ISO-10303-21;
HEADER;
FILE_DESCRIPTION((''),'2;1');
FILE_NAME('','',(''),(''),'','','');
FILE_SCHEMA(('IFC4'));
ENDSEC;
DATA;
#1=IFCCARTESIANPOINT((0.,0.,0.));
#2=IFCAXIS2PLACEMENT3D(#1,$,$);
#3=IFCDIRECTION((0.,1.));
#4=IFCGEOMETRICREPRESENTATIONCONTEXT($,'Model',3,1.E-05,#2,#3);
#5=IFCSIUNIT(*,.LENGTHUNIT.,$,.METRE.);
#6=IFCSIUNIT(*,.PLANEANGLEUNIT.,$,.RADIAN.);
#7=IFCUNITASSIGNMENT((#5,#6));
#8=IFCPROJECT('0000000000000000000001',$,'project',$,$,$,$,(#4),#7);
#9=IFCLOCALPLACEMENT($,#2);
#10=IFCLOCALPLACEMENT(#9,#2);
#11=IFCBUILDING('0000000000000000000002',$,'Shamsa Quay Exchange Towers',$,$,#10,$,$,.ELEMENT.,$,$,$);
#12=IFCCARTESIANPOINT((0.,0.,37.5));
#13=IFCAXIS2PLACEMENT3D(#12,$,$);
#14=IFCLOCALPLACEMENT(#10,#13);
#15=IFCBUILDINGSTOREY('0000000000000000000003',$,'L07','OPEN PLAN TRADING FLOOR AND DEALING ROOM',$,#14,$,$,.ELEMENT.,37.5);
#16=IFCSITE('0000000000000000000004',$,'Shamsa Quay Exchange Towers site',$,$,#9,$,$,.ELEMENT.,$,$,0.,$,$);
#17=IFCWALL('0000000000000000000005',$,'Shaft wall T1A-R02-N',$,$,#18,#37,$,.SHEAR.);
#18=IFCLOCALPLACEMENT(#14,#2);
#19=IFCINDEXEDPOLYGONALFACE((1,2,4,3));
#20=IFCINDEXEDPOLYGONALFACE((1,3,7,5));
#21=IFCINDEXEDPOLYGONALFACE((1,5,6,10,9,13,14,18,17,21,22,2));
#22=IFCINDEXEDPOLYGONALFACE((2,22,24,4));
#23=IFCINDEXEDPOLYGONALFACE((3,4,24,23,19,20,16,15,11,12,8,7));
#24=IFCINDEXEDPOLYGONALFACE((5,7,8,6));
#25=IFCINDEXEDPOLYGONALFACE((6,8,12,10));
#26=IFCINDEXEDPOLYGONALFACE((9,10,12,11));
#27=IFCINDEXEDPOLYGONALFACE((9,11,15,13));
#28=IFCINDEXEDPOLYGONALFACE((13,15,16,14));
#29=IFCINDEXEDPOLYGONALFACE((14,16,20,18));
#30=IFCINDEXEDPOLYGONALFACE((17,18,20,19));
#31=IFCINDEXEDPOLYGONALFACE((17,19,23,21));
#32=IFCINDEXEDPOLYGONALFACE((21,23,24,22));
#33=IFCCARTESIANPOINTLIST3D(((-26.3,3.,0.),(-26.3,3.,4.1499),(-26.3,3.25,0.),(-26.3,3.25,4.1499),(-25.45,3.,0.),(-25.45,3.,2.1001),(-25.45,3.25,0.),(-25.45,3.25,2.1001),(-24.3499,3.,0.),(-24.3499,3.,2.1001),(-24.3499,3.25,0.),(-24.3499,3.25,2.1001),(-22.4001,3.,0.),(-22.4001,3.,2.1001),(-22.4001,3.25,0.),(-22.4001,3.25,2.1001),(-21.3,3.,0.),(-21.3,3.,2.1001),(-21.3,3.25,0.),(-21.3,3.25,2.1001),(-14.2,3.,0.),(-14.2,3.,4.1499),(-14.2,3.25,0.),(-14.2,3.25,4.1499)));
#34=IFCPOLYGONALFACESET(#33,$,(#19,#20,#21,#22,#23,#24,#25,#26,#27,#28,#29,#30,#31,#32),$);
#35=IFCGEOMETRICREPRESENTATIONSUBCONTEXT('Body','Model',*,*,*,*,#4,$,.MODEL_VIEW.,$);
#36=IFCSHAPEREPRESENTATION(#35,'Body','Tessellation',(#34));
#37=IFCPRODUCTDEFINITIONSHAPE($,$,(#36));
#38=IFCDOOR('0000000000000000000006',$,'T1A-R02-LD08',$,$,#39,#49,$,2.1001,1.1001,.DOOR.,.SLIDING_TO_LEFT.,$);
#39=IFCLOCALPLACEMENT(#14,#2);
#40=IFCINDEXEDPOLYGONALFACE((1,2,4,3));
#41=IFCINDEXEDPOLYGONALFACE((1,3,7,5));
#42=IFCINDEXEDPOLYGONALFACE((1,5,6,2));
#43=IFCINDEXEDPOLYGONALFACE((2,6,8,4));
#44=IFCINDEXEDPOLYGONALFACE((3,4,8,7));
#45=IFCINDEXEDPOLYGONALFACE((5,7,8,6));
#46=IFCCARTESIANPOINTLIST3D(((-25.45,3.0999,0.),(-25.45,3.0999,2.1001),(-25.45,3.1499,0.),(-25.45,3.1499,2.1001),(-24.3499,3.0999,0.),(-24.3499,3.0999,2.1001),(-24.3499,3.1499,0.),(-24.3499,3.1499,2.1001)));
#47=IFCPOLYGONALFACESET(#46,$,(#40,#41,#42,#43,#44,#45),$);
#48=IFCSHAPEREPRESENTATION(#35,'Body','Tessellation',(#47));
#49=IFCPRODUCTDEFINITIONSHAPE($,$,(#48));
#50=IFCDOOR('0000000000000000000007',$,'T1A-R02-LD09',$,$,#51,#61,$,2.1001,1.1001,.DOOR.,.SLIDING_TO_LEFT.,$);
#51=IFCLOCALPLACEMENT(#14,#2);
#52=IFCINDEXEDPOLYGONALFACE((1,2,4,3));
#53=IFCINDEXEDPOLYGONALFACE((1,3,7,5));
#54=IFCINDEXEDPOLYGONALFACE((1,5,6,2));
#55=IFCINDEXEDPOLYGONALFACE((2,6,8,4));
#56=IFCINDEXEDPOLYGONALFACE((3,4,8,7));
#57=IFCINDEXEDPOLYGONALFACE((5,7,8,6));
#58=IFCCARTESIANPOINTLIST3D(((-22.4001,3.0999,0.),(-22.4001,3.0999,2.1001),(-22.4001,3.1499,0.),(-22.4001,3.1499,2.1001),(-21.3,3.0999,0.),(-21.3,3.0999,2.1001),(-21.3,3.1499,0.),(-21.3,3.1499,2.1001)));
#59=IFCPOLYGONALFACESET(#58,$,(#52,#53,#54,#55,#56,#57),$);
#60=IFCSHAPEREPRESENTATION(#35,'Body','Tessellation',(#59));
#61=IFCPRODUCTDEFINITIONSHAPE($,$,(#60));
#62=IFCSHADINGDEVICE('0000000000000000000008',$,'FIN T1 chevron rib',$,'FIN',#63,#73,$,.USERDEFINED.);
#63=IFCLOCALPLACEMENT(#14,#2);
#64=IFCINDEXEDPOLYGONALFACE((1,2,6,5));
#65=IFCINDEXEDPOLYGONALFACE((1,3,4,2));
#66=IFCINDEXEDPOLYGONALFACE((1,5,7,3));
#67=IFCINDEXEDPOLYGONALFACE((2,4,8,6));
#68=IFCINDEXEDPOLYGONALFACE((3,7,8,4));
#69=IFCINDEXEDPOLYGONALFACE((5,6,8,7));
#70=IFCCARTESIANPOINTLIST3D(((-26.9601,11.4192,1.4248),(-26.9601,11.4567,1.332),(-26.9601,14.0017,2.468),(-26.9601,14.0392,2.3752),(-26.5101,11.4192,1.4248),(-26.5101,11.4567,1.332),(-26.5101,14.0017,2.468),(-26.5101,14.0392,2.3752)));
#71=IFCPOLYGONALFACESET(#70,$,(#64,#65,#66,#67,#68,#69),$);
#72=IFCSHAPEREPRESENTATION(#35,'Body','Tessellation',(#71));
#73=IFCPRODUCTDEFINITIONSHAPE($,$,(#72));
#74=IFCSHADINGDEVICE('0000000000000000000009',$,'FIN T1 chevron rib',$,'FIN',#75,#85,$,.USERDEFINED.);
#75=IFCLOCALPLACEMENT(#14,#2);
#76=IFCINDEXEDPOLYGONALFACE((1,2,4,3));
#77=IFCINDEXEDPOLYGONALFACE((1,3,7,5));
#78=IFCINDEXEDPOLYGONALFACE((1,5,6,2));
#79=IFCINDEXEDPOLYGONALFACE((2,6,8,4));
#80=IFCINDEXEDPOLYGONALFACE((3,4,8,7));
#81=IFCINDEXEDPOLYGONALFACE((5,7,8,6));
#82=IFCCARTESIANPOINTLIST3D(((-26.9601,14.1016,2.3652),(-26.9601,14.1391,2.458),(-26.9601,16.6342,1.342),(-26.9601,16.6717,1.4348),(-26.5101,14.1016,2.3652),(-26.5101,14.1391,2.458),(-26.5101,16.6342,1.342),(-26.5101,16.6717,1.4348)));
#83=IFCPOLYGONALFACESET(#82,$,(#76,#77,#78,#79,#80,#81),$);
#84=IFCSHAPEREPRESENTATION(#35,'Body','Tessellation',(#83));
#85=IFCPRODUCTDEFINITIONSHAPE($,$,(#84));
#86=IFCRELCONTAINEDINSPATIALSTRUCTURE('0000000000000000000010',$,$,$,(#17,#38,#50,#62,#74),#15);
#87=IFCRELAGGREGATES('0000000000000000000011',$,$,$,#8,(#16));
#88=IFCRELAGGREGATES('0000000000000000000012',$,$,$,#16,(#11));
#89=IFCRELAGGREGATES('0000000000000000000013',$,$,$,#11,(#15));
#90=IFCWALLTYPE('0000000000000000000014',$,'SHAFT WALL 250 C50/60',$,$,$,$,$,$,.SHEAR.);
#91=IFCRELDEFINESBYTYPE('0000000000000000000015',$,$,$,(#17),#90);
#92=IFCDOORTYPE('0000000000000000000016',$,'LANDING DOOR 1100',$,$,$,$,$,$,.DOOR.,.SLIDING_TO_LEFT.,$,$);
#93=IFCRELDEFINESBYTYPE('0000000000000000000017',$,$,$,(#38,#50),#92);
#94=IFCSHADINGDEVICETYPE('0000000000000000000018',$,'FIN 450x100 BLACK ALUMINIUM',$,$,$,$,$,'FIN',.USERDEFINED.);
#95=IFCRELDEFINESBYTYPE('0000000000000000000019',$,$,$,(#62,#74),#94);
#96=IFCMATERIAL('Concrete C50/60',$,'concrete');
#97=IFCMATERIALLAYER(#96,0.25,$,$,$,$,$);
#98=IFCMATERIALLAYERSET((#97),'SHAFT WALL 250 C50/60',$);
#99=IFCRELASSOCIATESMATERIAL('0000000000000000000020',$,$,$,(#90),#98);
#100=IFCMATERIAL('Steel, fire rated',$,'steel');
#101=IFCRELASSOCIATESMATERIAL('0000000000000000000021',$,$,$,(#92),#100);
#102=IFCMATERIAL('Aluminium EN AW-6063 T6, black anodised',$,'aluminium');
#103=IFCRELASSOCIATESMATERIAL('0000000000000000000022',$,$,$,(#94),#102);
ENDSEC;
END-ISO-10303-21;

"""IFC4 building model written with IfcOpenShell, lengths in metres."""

from ifc_helpers import new_model, si_unit, direction, frame, frame_2d, origin, origin_2d, place, context, subcontext, project, spatial, rectangle, extrude, material, layer, layer_set, material_profile, profile_set, type_object, element, fill, save


model = new_model("IFC4")

# Units and contexts
model_context = context("Model", 3, precision=1e-05, world=origin(), true_north=direction((0.0, 1.0)))
body_context = subcontext(model_context, "Body", "Model", "MODEL_VIEW")
ifc_project = project(units=[si_unit("LENGTHUNIT", "METRE"), si_unit("PLANEANGLEUNIT", "RADIAN")], contexts=[model_context])

# Site, building, storey
site_placement = place(None, origin())
site = spatial("IfcSite", under=ifc_project, at=site_placement, Name="Shamsa Quay Exchange Towers site", CompositionType="ELEMENT", RefElevation=0.0)
building_placement = place(site_placement, origin())
building = spatial("IfcBuilding", under=site, at=building_placement, Name="Shamsa Quay Exchange Towers", CompositionType="ELEMENT")
storey_placement = place(building_placement, frame((0.0, 0.0, 37.5)))
storey = spatial("IfcBuildingStorey", under=building, at=storey_placement, Name="L07", Description="OPEN PLAN TRADING FLOOR AND DEALING ROOM", CompositionType="ELEMENT", Elevation=37.5)

# Shared definitions
ifc_material_1 = material(Name="Aluminium EN AW-6063 T6, black anodised", Category="aluminium")

# Shared definitions
ifc_material_2 = material(Name="Steel, fire rated", Category="steel")

# Wall, openings, doors
ifc_material_3 = material(Name="Concrete C50/60", Category="concrete")
ifc_layer_1 = layer(ifc_material_3, 0.25)
ifc_layer_set_1 = layer_set([ifc_layer_1], Name="SHAFT WALL 250 C50/60")
wall_type_1 = type_object("IfcWallType", Name="SHAFT WALL 250 C50/60", PredefinedType="SHEAR", material=ifc_layer_set_1)
wall_1_placement = place(storey_placement, frame((-26.3, 3.125, 0.0)))
wall_1 = element("IfcWall", 1, at=wall_1_placement, inside=storey, type_object=wall_type_1, Name="Shaft wall T1A-R02-N", PredefinedType="SHEAR", context=body_context, shape_type="SweptSolid", body=[
    extrude(rectangle(XDim=12.1001, YDim=0.25, at=frame_2d((6.05, 0.0))), origin(), (0.0, 0.0, 1.0), 4.1499),
])
opening_1_placement = place(wall_1_placement, frame((0.8501, 0.0, 0.0)))
opening_1 = element("IfcOpeningElement", 2, at=opening_1_placement, cuts=wall_1, PredefinedType="OPENING", context=body_context, shape_type="SweptSolid", body=[
    extrude(rectangle(XDim=1.1001, YDim=2.1001, at=frame_2d((0.55, 1.05))), frame((0.0, 0.135, 0.0), z_axis=(0.0, -1.0, 0.0), x_axis=(1.0, 0.0, 0.0)), (0.0, 0.0, 1.0), 0.27),
])
opening_2_placement = place(wall_1_placement, frame((3.8999, 0.0, 0.0)))
opening_2 = element("IfcOpeningElement", 3, at=opening_2_placement, cuts=wall_1, PredefinedType="OPENING", context=body_context, shape_type="SweptSolid", body=[
    extrude(rectangle(XDim=1.1001, YDim=2.1001, at=frame_2d((0.55, 1.05))), frame((0.0, 0.135, 0.0), z_axis=(0.0, -1.0, 0.0), x_axis=(1.0, 0.0, 0.0)), (0.0, 0.0, 1.0), 0.27),
])
door_type_1 = type_object("IfcDoorType", Name="LANDING DOOR 1100", OperationType="SLIDING_TO_LEFT", PredefinedType="DOOR", material=ifc_material_2)
door_1_placement = place(opening_1_placement, origin())
door_1 = element("IfcDoor", 4, at=door_1_placement, inside=storey, type_object=door_type_1, Name="T1A-R02-LD08", OperationType="SLIDING_TO_LEFT", OverallHeight=2.1001, OverallWidth=1.1001, PredefinedType="DOOR", context=body_context, shape_type="SweptSolid", body=[
    extrude(rectangle(XDim=1.1001, YDim=2.1001, at=frame_2d((0.55, 1.05))), frame((0.0, 0.0249, 0.0), z_axis=(0.0, -1.0, 0.0), x_axis=(1.0, 0.0, 0.0)), (0.0, 0.0, 1.0), 0.05),
])
fill(opening_1, door_1)
door_2_placement = place(opening_2_placement, origin())
door_2 = element("IfcDoor", 5, at=door_2_placement, inside=storey, type_object=door_type_1, Name="T1A-R02-LD09", OperationType="SLIDING_TO_LEFT", OverallHeight=2.1001, OverallWidth=1.1001, PredefinedType="DOOR", context=body_context, shape_type="SweptSolid", body=[
    extrude(rectangle(XDim=1.1001, YDim=2.1001, at=frame_2d((0.55, 1.05))), frame((0.0, 0.0249, 0.0), z_axis=(0.0, -1.0, 0.0), x_axis=(1.0, 0.0, 0.0)), (0.0, 0.0, 1.0), 0.05),
])
fill(opening_2, door_2)

# Shading devices
ifc_material_profile_1 = material_profile(ifc_material_1, rectangle(XDim=0.45, YDim=0.1001, at=origin_2d()), Name="FIN450x100")
ifc_profile_set_1 = profile_set([ifc_material_profile_1], Name="Aluminium EN AW-6063 T6, black anodised")
shading_device_type = type_object("IfcShadingDeviceType", Name="FIN 450x100 BLACK ALUMINIUM", ElementType="FIN", PredefinedType="USERDEFINED", material=ifc_profile_set_1)
shading_device_1_placement = place(storey_placement, frame((-26.7351, 11.438, 1.3784), z_axis=(0.0, 0.927208, 0.374547), x_axis=(-1.0, 0.0, 0.0)))
element("IfcShadingDevice", 6, at=shading_device_1_placement, inside=storey, type_object=shading_device_type, Name="FIN T1 chevron rib", ObjectType="FIN", PredefinedType="USERDEFINED", context=body_context, shape_type="SweptSolid", body=[
    extrude(rectangle(XDim=0.45, YDim=0.1001, at=origin_2d()), origin(), (0.0, 0.0, 1.0), 2.7852),
])
shading_device_2_placement = place(storey_placement, frame((-26.7351, 14.1204, 2.4116), z_axis=(0.0, 0.927183, -0.374609), x_axis=(-1.0, 0.0, 0.0)))
element("IfcShadingDevice", 7, at=shading_device_2_placement, inside=storey, type_object=shading_device_type, Name="FIN T1 chevron rib", ObjectType="FIN", PredefinedType="USERDEFINED", context=body_context, shape_type="SweptSolid", body=[
    extrude(rectangle(XDim=0.45, YDim=0.1001, at=origin_2d()), origin(), (0.0, 0.0, 1.0), 2.7314),
])

save(model, "model.ifc")
